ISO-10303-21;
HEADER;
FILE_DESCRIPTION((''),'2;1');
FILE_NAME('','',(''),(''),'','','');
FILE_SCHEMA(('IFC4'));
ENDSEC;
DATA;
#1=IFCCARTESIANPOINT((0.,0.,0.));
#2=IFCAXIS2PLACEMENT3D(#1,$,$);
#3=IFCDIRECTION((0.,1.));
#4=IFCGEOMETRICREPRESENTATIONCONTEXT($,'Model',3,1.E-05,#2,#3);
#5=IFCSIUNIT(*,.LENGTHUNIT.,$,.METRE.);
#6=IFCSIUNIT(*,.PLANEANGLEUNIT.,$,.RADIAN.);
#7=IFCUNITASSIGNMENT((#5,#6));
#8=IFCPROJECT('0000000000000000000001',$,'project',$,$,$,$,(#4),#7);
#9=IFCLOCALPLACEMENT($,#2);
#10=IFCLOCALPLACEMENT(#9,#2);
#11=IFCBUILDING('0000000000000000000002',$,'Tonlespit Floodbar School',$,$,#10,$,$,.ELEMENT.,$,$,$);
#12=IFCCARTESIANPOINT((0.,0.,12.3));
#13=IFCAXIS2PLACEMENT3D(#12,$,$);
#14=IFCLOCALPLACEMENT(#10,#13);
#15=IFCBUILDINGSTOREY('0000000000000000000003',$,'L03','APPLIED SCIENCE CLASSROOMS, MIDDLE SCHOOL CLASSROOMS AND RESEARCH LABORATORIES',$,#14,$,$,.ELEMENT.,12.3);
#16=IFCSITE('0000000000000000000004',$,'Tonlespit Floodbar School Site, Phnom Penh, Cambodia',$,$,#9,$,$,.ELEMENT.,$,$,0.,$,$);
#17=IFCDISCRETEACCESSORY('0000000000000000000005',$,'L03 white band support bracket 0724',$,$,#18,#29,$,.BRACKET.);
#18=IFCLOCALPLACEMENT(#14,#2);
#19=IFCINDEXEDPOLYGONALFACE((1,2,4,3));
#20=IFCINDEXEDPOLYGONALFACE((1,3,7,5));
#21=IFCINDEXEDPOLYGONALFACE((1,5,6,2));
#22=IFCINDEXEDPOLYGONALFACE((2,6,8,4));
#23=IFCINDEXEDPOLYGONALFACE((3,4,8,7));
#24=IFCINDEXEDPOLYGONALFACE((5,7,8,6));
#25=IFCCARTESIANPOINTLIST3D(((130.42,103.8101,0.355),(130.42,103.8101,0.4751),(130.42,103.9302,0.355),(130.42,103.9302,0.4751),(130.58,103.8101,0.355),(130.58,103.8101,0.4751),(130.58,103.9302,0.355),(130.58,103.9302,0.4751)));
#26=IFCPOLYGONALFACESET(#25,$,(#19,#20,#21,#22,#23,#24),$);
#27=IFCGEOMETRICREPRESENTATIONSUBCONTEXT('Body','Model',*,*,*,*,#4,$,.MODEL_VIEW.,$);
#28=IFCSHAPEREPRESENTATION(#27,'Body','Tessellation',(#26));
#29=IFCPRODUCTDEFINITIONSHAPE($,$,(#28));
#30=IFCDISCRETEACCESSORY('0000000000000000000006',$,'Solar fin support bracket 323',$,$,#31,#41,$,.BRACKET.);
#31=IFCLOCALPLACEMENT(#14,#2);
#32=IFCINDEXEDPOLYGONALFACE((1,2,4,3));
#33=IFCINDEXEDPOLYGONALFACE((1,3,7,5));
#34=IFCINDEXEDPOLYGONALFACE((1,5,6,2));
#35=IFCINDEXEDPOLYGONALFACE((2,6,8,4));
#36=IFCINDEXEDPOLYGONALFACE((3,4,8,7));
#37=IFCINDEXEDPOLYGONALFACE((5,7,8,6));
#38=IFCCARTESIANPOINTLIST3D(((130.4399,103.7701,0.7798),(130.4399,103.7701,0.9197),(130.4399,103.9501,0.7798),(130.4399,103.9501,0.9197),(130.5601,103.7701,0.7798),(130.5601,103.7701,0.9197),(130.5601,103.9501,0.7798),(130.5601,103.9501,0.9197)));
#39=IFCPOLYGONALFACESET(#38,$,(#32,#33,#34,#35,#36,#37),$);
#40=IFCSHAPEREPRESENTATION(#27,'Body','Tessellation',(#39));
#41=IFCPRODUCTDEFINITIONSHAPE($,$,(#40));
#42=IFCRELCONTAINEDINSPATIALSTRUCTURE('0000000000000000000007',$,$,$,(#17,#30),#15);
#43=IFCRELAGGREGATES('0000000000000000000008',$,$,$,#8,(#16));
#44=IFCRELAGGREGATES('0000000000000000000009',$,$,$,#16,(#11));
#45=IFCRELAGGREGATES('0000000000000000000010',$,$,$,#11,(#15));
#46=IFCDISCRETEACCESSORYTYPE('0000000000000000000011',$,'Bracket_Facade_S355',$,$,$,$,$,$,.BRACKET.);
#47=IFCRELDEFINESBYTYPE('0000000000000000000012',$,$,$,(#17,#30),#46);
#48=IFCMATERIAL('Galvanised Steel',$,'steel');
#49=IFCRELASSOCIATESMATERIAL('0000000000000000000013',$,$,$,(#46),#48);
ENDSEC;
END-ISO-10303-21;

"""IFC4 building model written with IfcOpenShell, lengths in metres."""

from ifc_helpers import new_model, si_unit, direction, frame, origin, origin_2d, place, context, subcontext, project, spatial, rectangle, extrude, material, type_object, element, save


model = new_model("IFC4")

# Units and contexts
model_context = context("Model", 3, precision=1e-05, world=origin(), true_north=direction((0.0, 1.0)))
body_context = subcontext(model_context, "Body", "Model", "MODEL_VIEW")
ifc_project = project(units=[si_unit("LENGTHUNIT", "METRE"), si_unit("PLANEANGLEUNIT", "RADIAN")], contexts=[model_context])

# Site, building, storey
site_placement = place(None, origin())
site = spatial("IfcSite", under=ifc_project, at=site_placement, Name="Tonlespit Floodbar School Site, Phnom Penh, Cambodia", CompositionType="ELEMENT", RefElevation=0.0)
building_placement = place(site_placement, origin())
building = spatial("IfcBuilding", under=site, at=building_placement, Name="Tonlespit Floodbar School", CompositionType="ELEMENT")
storey_placement = place(building_placement, frame((0.0, 0.0, 12.3)))
storey = spatial("IfcBuildingStorey", under=building, at=storey_placement, Name="L03", Description="APPLIED SCIENCE CLASSROOMS, MIDDLE SCHOOL CLASSROOMS AND RESEARCH LABORATORIES", CompositionType="ELEMENT", Elevation=12.3)

# Discrete accessories
ifc_material_1 = material(Name="Galvanised Steel", Category="steel")
discrete_accessory_type = type_object("IfcDiscreteAccessoryType", Name="Bracket_Facade_S355", PredefinedType="BRACKET", material=ifc_material_1)
discrete_accessory_1_placement = place(storey_placement, frame((130.5, 103.8701, 0.355), z_axis=(0.0, 0.0, 1.0), x_axis=(-1.0, 0.0, 0.0)))
element("IfcDiscreteAccessory", 1, at=discrete_accessory_1_placement, inside=storey, type_object=discrete_accessory_type, Name="L03 white band support bracket 0724", PredefinedType="BRACKET", context=body_context, shape_type="SweptSolid", body=[
    extrude(rectangle(XDim=0.1599, YDim=0.1201, at=origin_2d()), origin(), (0.0, 0.0, 1.0), 0.1201),
])
discrete_accessory_2_placement = place(storey_placement, frame((130.5, 103.8601, 0.7798), z_axis=(0.0, 0.0, 1.0), x_axis=(-1.0, 0.0, 0.0)))
element("IfcDiscreteAccessory", 2, at=discrete_accessory_2_placement, inside=storey, type_object=discrete_accessory_type, Name="Solar fin support bracket 323", PredefinedType="BRACKET", context=body_context, shape_type="SweptSolid", body=[
    extrude(rectangle(XDim=0.1201, YDim=0.1799, at=origin_2d()), origin(), (0.0, 0.0, 1.0), 0.1399),
])

save(model, "model.ifc")
